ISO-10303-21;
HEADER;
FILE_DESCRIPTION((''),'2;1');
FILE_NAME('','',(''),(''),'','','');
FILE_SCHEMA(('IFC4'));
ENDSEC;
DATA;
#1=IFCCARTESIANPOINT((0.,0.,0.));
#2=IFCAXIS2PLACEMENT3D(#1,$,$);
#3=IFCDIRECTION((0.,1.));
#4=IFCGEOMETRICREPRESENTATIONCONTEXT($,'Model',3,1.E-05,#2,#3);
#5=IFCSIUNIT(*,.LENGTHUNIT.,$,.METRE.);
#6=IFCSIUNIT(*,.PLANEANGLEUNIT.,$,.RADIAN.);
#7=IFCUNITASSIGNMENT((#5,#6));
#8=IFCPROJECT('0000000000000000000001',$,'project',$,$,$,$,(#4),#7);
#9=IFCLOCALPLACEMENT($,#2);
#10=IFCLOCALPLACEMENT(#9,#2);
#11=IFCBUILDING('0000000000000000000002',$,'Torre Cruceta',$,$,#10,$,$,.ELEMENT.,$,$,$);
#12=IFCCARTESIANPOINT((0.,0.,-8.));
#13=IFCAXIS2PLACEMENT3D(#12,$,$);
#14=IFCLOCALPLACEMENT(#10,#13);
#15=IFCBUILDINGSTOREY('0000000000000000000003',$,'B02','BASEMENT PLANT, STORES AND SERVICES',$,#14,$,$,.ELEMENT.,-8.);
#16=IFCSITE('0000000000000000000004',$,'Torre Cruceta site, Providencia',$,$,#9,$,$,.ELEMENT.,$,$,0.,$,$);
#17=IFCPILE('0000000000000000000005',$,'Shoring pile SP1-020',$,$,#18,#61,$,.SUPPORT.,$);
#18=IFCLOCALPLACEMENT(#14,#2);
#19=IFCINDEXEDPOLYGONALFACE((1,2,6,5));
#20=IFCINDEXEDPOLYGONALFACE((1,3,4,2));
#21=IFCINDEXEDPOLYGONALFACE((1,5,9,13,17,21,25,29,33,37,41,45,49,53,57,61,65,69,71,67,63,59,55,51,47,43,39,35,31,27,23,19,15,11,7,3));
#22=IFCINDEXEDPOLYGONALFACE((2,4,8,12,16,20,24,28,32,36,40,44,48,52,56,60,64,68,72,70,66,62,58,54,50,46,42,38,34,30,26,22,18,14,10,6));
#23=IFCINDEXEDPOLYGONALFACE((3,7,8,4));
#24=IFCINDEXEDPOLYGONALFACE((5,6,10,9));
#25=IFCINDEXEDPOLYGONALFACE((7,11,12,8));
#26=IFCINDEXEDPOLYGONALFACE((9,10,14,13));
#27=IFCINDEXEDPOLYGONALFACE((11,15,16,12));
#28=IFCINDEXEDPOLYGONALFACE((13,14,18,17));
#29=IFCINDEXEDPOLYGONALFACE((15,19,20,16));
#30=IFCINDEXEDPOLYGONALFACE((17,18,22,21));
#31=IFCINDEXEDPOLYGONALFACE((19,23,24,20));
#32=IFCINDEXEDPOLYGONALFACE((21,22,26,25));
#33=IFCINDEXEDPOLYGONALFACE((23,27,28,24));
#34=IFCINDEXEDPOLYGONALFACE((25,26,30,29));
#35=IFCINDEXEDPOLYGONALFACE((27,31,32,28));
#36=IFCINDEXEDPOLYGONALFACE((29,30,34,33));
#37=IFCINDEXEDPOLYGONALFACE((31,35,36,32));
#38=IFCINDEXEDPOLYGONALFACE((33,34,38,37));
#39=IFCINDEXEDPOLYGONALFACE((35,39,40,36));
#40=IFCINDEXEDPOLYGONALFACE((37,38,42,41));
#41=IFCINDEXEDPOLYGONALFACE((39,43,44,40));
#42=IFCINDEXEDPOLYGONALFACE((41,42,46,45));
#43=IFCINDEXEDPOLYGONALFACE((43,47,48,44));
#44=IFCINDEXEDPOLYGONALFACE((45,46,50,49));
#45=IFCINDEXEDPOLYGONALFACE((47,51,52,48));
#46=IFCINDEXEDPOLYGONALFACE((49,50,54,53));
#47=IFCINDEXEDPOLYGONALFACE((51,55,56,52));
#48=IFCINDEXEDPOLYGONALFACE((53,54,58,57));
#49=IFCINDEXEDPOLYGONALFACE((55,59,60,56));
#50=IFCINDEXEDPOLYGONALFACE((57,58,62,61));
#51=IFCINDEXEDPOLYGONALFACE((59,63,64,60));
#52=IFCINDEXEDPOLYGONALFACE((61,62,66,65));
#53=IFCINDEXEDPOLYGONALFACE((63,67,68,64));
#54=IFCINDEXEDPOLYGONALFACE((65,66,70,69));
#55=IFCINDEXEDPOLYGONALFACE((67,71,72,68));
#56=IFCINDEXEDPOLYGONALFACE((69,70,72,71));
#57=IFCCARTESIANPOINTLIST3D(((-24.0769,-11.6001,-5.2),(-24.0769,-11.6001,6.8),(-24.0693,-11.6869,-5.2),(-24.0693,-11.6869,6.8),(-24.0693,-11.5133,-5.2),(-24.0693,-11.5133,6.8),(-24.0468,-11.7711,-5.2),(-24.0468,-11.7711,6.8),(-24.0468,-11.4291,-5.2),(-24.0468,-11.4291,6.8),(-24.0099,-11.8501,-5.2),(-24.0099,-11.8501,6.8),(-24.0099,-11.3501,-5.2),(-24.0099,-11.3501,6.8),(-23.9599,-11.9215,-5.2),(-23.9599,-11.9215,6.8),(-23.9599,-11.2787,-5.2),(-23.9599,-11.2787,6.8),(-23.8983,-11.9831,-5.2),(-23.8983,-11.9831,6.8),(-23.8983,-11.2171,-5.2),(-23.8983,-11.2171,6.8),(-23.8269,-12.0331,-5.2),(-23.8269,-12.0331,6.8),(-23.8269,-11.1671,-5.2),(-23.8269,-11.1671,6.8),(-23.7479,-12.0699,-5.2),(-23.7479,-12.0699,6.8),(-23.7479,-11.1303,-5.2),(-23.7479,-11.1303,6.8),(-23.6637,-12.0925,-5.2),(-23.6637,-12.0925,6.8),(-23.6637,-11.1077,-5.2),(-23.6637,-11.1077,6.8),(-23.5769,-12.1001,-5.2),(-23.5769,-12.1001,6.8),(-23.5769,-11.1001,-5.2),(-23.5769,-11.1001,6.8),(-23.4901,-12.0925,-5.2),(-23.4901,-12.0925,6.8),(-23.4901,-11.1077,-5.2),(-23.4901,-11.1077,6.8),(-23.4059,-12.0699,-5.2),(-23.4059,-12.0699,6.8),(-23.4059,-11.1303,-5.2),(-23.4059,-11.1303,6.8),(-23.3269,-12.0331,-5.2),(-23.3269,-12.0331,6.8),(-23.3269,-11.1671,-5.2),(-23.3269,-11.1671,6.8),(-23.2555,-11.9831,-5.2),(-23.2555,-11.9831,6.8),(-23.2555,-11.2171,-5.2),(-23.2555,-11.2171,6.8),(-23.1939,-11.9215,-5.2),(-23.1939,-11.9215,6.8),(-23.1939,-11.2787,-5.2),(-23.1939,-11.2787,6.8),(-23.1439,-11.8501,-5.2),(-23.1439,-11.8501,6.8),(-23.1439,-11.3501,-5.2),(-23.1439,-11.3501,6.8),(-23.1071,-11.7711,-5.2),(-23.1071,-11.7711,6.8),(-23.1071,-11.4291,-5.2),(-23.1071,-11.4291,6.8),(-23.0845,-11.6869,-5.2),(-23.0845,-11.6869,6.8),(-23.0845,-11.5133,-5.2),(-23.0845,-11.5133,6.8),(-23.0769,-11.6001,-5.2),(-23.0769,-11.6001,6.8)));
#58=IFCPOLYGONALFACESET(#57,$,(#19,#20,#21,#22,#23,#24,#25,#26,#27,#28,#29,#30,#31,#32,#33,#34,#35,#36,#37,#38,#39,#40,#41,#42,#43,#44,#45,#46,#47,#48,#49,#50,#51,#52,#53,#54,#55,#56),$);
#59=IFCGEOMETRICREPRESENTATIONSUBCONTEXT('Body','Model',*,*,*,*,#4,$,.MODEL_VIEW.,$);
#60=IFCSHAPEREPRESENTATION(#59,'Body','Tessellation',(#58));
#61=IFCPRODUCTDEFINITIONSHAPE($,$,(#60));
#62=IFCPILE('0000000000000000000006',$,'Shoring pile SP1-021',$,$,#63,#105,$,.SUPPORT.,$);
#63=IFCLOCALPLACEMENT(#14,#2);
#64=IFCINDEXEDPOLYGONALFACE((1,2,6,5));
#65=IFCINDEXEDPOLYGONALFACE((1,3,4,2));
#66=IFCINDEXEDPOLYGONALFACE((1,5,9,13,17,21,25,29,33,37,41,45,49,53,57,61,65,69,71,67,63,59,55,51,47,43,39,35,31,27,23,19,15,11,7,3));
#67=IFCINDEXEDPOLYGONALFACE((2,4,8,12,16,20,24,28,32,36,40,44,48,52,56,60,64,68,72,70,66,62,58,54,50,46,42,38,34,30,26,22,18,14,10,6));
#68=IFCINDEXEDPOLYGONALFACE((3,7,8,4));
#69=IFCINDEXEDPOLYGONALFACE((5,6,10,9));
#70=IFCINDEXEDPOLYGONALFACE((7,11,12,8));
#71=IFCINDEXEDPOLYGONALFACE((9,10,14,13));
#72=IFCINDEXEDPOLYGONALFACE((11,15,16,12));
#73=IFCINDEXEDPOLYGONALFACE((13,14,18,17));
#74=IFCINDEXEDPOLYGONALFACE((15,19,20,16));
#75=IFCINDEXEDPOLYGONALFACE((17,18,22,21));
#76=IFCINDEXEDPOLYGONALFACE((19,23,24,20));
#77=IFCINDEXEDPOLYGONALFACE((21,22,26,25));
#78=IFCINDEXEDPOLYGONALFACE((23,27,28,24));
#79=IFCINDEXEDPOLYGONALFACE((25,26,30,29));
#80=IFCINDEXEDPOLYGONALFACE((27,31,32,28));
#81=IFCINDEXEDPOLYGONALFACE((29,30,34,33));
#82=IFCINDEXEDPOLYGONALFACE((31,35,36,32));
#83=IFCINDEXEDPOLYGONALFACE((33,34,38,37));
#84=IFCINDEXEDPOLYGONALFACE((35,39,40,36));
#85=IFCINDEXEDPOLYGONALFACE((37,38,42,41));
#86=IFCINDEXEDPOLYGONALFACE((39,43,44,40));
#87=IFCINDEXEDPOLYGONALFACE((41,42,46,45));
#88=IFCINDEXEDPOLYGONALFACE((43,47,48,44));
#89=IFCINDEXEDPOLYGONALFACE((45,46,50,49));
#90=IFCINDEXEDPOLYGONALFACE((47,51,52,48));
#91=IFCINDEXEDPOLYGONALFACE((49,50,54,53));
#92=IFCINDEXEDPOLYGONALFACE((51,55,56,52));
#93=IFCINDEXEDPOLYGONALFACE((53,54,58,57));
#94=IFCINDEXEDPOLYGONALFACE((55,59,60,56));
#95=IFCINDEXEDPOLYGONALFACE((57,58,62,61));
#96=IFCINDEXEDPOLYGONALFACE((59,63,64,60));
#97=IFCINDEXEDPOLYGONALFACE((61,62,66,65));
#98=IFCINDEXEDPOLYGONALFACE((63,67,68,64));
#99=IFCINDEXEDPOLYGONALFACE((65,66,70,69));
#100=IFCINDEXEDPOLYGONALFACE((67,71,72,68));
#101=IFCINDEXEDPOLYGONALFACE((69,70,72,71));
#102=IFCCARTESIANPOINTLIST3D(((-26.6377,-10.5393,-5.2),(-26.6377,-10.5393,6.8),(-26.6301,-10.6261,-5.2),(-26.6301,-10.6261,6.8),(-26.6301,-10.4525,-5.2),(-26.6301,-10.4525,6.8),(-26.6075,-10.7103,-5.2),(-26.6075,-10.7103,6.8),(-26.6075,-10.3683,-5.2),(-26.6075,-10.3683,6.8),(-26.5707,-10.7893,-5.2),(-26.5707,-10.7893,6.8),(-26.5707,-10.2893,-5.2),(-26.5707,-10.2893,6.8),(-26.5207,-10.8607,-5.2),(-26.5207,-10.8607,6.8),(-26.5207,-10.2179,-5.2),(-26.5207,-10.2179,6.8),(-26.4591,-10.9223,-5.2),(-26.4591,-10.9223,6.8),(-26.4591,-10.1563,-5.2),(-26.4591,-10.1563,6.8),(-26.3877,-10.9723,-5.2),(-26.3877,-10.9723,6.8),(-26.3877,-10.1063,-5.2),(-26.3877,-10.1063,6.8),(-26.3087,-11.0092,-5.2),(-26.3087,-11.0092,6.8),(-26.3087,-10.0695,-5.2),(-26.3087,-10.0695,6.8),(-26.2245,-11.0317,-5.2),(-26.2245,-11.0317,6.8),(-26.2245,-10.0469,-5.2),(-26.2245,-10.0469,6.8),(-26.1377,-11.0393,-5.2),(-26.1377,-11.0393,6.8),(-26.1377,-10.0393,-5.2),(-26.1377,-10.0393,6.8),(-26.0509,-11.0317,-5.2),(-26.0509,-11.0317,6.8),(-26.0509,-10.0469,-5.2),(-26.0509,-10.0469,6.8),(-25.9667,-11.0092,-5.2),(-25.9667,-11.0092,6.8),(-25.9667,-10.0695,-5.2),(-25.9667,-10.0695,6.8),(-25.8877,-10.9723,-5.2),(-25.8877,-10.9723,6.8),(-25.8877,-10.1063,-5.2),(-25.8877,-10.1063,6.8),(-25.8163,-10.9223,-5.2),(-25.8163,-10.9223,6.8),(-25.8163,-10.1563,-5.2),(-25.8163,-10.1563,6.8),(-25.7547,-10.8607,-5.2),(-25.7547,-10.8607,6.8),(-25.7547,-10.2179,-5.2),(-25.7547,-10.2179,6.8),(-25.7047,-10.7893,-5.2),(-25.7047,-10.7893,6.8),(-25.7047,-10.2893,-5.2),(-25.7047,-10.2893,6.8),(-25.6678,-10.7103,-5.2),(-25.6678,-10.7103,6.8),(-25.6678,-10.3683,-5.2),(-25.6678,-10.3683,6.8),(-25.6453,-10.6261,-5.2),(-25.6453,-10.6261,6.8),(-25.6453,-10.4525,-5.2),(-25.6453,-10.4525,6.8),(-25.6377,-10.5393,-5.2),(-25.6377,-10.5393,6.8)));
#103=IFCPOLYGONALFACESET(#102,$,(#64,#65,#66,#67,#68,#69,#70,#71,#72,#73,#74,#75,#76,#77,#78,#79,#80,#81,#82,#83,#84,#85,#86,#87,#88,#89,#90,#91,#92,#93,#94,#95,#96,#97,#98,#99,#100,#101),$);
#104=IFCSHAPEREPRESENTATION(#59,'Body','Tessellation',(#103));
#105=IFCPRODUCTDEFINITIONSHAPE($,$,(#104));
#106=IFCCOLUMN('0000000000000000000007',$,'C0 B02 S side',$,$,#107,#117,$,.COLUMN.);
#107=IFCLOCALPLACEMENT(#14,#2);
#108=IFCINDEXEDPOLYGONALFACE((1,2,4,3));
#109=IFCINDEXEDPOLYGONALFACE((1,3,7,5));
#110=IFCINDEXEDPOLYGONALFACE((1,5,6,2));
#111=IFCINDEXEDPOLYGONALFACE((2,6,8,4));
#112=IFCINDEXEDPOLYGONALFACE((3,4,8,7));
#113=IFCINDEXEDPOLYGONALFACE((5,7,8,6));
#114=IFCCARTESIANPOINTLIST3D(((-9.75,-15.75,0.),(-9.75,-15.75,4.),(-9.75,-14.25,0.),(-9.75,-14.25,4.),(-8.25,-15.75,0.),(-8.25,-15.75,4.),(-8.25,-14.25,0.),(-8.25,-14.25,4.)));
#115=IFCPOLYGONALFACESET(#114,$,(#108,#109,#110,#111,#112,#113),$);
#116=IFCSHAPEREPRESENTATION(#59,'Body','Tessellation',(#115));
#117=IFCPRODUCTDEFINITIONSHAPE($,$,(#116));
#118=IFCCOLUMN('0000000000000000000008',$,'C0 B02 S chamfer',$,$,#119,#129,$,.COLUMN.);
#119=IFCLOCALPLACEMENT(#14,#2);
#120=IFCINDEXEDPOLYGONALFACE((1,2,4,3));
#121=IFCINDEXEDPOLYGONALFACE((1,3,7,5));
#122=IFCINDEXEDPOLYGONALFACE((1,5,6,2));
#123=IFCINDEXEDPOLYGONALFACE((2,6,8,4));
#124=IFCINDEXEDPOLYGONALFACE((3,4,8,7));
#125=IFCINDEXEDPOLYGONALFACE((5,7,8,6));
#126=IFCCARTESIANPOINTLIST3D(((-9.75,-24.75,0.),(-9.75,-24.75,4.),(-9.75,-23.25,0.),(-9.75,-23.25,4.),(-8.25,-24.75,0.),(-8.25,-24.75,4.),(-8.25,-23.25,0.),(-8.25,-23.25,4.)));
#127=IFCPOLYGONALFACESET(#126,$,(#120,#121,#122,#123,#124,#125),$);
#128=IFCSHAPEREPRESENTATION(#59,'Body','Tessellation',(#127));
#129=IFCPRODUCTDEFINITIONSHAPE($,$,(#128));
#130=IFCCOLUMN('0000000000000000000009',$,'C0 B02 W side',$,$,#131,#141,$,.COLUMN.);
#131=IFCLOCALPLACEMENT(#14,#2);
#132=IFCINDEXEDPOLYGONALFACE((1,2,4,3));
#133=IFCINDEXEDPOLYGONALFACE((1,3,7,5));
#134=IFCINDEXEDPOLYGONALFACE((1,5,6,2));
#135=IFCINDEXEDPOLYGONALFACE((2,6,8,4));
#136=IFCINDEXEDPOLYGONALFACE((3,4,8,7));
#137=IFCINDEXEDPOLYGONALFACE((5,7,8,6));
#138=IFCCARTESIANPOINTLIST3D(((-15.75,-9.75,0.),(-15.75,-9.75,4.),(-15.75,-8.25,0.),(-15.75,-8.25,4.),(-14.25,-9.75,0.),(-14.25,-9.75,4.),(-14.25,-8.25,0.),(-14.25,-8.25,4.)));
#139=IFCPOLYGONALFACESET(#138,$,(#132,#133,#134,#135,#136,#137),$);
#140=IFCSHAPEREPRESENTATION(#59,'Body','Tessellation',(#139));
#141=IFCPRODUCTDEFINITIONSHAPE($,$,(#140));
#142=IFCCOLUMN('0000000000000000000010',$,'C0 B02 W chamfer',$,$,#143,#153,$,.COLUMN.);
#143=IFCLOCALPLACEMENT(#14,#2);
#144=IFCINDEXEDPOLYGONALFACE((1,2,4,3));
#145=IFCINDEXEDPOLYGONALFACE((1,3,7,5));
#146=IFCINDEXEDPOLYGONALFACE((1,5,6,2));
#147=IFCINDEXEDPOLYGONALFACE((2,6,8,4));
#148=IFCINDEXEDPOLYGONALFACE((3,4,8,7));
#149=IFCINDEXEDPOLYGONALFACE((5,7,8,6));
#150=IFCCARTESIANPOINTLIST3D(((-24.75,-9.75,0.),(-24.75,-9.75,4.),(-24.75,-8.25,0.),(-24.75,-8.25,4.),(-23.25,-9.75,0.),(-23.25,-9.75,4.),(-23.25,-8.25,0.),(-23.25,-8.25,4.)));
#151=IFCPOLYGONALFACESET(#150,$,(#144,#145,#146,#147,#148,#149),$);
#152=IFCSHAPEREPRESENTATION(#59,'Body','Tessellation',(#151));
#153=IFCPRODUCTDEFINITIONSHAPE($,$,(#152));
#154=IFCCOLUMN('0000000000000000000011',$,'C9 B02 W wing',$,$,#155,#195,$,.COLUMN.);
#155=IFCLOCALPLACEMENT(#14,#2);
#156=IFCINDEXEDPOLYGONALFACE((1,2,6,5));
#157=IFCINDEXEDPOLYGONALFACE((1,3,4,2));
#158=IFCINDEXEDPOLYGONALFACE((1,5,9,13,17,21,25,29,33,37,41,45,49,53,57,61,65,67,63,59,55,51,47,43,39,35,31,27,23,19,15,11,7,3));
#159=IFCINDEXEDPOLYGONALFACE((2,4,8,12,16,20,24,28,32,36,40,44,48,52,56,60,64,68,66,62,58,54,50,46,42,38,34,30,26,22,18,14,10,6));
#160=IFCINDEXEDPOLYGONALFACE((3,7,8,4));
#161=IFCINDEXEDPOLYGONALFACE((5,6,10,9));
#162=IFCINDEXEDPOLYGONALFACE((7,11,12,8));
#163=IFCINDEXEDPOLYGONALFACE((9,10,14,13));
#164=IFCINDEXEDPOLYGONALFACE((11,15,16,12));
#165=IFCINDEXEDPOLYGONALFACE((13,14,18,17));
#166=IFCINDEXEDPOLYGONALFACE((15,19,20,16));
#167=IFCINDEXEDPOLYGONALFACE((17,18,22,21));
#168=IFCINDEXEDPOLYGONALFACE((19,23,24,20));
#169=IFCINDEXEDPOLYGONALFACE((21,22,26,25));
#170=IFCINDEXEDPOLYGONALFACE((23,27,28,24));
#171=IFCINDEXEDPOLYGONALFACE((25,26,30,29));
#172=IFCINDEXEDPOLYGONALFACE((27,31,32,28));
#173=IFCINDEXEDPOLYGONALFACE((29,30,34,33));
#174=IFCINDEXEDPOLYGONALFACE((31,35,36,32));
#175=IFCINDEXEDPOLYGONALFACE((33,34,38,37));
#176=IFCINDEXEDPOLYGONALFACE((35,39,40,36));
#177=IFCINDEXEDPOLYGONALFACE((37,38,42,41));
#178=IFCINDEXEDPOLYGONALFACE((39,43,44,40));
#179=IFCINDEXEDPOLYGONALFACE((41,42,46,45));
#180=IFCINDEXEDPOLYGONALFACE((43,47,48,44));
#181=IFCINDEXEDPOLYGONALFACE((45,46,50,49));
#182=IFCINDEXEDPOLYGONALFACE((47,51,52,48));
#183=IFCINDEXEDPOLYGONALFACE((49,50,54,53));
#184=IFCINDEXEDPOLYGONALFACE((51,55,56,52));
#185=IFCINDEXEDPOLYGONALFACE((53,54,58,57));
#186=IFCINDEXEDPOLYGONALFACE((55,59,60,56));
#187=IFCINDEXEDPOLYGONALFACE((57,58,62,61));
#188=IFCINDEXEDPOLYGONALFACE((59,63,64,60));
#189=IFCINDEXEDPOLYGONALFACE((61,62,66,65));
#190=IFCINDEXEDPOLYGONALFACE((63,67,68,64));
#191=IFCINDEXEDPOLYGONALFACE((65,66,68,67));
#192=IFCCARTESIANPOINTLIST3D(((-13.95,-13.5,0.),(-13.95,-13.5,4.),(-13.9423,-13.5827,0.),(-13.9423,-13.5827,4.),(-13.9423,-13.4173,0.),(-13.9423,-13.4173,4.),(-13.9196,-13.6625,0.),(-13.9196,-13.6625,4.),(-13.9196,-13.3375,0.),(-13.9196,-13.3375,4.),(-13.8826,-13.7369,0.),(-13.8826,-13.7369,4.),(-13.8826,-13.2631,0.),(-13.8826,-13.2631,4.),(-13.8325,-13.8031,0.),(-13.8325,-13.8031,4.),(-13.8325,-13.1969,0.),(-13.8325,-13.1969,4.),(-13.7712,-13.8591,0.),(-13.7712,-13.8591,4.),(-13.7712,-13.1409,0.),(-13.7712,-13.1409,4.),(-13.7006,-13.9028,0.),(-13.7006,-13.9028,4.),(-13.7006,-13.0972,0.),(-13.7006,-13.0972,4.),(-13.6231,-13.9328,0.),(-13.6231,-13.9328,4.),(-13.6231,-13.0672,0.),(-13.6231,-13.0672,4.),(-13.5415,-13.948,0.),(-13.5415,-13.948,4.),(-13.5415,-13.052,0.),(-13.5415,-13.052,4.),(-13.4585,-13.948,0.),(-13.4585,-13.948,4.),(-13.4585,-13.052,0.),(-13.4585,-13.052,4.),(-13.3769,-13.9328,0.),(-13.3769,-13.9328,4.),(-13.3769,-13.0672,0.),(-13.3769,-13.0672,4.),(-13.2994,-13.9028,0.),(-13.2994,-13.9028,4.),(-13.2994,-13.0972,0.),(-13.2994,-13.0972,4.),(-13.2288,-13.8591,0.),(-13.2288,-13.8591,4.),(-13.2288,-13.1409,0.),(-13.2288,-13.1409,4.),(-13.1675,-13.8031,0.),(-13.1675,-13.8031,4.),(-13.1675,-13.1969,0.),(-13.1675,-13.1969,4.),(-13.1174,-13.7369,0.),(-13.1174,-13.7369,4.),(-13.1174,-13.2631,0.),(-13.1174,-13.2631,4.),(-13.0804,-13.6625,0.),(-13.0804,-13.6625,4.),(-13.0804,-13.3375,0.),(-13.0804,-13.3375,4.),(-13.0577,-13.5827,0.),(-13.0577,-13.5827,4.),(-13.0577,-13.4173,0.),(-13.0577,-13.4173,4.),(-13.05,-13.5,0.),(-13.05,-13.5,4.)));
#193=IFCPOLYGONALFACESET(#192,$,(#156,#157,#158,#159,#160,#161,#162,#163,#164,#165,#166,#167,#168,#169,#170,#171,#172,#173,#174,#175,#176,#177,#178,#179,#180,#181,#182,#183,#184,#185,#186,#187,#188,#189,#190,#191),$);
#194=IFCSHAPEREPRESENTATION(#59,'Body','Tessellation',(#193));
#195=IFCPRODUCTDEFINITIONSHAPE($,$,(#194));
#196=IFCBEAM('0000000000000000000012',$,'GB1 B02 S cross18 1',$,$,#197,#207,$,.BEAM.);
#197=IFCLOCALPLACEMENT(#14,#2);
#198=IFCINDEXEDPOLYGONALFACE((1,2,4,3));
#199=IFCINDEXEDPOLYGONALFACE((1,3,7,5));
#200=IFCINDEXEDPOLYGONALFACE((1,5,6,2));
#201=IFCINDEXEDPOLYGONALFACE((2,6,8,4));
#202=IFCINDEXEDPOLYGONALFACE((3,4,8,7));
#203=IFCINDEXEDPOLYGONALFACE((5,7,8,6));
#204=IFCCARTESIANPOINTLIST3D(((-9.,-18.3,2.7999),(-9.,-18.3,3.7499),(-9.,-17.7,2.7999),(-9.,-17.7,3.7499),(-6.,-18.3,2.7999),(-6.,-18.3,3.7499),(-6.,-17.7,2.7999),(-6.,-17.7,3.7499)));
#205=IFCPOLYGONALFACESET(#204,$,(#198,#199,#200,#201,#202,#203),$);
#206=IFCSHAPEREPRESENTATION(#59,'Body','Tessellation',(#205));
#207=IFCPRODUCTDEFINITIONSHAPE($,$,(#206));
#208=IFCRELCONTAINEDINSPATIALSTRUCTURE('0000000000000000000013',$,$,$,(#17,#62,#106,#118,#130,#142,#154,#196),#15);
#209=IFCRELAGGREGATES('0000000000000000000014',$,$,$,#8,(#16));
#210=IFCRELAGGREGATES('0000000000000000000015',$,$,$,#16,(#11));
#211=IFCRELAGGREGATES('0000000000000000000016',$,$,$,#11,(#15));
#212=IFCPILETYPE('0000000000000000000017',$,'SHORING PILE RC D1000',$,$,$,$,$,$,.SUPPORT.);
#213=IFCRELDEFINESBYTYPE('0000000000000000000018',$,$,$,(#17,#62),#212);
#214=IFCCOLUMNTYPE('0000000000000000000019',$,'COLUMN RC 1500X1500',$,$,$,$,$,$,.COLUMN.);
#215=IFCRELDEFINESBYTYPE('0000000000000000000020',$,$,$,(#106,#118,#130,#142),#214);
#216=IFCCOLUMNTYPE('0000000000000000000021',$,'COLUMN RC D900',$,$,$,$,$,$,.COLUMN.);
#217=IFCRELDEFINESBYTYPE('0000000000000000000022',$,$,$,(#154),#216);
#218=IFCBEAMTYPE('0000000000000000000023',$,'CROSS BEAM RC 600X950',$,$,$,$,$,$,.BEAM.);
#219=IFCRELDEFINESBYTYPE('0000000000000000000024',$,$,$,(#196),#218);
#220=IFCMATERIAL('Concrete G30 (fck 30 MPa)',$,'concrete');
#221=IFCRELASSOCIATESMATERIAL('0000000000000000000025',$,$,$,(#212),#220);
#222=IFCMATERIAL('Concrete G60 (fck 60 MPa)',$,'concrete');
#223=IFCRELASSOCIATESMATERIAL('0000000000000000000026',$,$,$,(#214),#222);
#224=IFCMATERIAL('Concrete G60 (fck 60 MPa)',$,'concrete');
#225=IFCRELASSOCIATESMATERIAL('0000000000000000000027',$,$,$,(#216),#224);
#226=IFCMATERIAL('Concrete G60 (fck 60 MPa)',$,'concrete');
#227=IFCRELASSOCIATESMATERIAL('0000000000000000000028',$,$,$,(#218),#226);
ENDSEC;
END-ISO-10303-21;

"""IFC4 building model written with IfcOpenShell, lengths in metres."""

from ifc_helpers import new_model, si_unit, direction, frame, origin, origin_2d, place, context, subcontext, project, spatial, rectangle, circle, extrude, material, material_profile, profile_set, type_object, element, save


model = new_model("IFC4")

# Units and contexts
model_context = context("Model", 3, precision=1e-05, world=origin(), true_north=direction((0.0, 1.0)))
body_context = subcontext(model_context, "Body", "Model", "MODEL_VIEW")
ifc_project = project(units=[si_unit("LENGTHUNIT", "METRE"), si_unit("PLANEANGLEUNIT", "RADIAN")], contexts=[model_context])

# Site, building, storey
site_placement = place(None, origin())
site = spatial("IfcSite", under=ifc_project, at=site_placement, Name="Torre Cruceta site, Providencia", CompositionType="ELEMENT", RefElevation=0.0)
building_placement = place(site_placement, origin())
building = spatial("IfcBuilding", under=site, at=building_placement, Name="Torre Cruceta", CompositionType="ELEMENT")
storey_placement = place(building_placement, frame((0.0, 0.0, -8.0)))
storey = spatial("IfcBuildingStorey", under=building, at=storey_placement, Name="B02", Description="BASEMENT PLANT, STORES AND SERVICES", CompositionType="ELEMENT", Elevation=-8.0)

# Piles
ifc_material_1 = material(Name="Concrete G30 (fck 30 MPa)", Category="concrete")
ifc_material_profile_1 = material_profile(ifc_material_1, circle(Radius=0.5, at=origin_2d()), Name="RC D1000")
ifc_profile_set_1 = profile_set([ifc_material_profile_1], Name="Concrete G30 (fck 30 MPa)")
pile_type_1 = type_object("IfcPileType", Name="SHORING PILE RC D1000", PredefinedType="SUPPORT", material=ifc_profile_set_1)
for number, where, z_axis, x_axis, name in (
    (1, (-23.5769, -11.6001, 6.8), (0.0, 0.0, -1.0), (1.0, 0.0, 0.0), "Shoring pile SP1-020"),
    (2, (-26.1377, -10.5393, 6.8), (0.0, 0.0, -1.0), (1.0, 0.0, 0.0), "Shoring pile SP1-021"),
):
    element("IfcPile", number, at=place(storey_placement, frame(where, z_axis=z_axis, x_axis=x_axis)), inside=storey, type_object=pile_type_1, Name=name, PredefinedType="SUPPORT", context=body_context, shape_type="SweptSolid", body=[
        extrude(circle(Radius=0.5, at=origin_2d()), origin(), (0.0, 0.0, 1.0), 12.0),
    ])

# Columns
ifc_material_2 = material(Name="Concrete G60 (fck 60 MPa)", Category="concrete")
ifc_material_profile_2 = material_profile(ifc_material_2, rectangle(XDim=1.5, YDim=1.5, at=origin_2d()), Name="RC 1500X1500")
ifc_profile_set_2 = profile_set([ifc_material_profile_2], Name="Concrete G60 (fck 60 MPa)")
column_type_1 = type_object("IfcColumnType", Name="COLUMN RC 1500X1500", PredefinedType="COLUMN", material=ifc_profile_set_2)
for number, where, z_axis, x_axis, name in (
    (3, (-9.0, -15.0, 0.0), (0.0, 0.0, 1.0), (1.0, 0.0, 0.0), "C0 B02 S side"),
    (4, (-9.0, -24.0, 0.0), (0.0, 0.0, 1.0), (1.0, 0.0, 0.0), "C0 B02 S chamfer"),
    (5, (-15.0, -9.0, 0.0), (0.0, 0.0, 1.0), (1.0, 0.0, 0.0), "C0 B02 W side"),
    (6, (-24.0, -9.0, 0.0), (0.0, 0.0, 1.0), (1.0, 0.0, 0.0), "C0 B02 W chamfer"),
):
    element("IfcColumn", number, at=place(storey_placement, frame(where, z_axis=z_axis, x_axis=x_axis)), inside=storey, type_object=column_type_1, Name=name, PredefinedType="COLUMN", context=body_context, shape_type="SweptSolid", body=[
        extrude(rectangle(XDim=1.5, YDim=1.5, at=origin_2d()), origin(), (0.0, 0.0, 1.0), 4.0),
    ])
ifc_material_3 = material(Name="Concrete G60 (fck 60 MPa)", Category="concrete")
ifc_material_profile_3 = material_profile(ifc_material_3, circle(Radius=0.45, at=origin_2d()), Name="RC D900")
ifc_profile_set_3 = profile_set([ifc_material_profile_3], Name="Concrete G60 (fck 60 MPa)")
column_type_2 = type_object("IfcColumnType", Name="COLUMN RC D900", PredefinedType="COLUMN", material=ifc_profile_set_3)
column_placement = place(storey_placement, frame((-13.5, -13.5, 0.0), z_axis=(0.0, 0.0, 1.0), x_axis=(1.0, 0.0, 0.0)))
element("IfcColumn", 7, at=column_placement, inside=storey, type_object=column_type_2, Name="C9 B02 W wing", PredefinedType="COLUMN", context=body_context, shape_type="SweptSolid", body=[
    extrude(circle(Radius=0.45, at=origin_2d()), origin(), (0.0, 0.0, 1.0), 4.0),
])

# Beam
ifc_material_4 = material(Name="Concrete G60 (fck 60 MPa)", Category="concrete")
ifc_material_profile_4 = material_profile(ifc_material_4, rectangle(XDim=0.6001, YDim=0.95, at=origin_2d()), Name="RC 600X950")
ifc_profile_set_4 = profile_set([ifc_material_profile_4], Name="Concrete G60 (fck 60 MPa)")
beam_type_1 = type_object("IfcBeamType", Name="CROSS BEAM RC 600X950", PredefinedType="BEAM", material=ifc_profile_set_4)
for number, where, z_axis, x_axis, name in (
    (8, (-9.0, -18.0, 3.2749), (1.0, 0.0, 0.0), (0.0, 1.0, 0.0), "GB1 B02 S cross18 1"),
):
    element("IfcBeam", number, at=place(storey_placement, frame(where, z_axis=z_axis, x_axis=x_axis)), inside=storey, type_object=beam_type_1, Name=name, PredefinedType="BEAM", context=body_context, shape_type="SweptSolid", body=[
        extrude(rectangle(XDim=0.6001, YDim=0.95, at=origin_2d()), origin(), (0.0, 0.0, 1.0), 3.0),
    ])

save(model, "model.ifc")
